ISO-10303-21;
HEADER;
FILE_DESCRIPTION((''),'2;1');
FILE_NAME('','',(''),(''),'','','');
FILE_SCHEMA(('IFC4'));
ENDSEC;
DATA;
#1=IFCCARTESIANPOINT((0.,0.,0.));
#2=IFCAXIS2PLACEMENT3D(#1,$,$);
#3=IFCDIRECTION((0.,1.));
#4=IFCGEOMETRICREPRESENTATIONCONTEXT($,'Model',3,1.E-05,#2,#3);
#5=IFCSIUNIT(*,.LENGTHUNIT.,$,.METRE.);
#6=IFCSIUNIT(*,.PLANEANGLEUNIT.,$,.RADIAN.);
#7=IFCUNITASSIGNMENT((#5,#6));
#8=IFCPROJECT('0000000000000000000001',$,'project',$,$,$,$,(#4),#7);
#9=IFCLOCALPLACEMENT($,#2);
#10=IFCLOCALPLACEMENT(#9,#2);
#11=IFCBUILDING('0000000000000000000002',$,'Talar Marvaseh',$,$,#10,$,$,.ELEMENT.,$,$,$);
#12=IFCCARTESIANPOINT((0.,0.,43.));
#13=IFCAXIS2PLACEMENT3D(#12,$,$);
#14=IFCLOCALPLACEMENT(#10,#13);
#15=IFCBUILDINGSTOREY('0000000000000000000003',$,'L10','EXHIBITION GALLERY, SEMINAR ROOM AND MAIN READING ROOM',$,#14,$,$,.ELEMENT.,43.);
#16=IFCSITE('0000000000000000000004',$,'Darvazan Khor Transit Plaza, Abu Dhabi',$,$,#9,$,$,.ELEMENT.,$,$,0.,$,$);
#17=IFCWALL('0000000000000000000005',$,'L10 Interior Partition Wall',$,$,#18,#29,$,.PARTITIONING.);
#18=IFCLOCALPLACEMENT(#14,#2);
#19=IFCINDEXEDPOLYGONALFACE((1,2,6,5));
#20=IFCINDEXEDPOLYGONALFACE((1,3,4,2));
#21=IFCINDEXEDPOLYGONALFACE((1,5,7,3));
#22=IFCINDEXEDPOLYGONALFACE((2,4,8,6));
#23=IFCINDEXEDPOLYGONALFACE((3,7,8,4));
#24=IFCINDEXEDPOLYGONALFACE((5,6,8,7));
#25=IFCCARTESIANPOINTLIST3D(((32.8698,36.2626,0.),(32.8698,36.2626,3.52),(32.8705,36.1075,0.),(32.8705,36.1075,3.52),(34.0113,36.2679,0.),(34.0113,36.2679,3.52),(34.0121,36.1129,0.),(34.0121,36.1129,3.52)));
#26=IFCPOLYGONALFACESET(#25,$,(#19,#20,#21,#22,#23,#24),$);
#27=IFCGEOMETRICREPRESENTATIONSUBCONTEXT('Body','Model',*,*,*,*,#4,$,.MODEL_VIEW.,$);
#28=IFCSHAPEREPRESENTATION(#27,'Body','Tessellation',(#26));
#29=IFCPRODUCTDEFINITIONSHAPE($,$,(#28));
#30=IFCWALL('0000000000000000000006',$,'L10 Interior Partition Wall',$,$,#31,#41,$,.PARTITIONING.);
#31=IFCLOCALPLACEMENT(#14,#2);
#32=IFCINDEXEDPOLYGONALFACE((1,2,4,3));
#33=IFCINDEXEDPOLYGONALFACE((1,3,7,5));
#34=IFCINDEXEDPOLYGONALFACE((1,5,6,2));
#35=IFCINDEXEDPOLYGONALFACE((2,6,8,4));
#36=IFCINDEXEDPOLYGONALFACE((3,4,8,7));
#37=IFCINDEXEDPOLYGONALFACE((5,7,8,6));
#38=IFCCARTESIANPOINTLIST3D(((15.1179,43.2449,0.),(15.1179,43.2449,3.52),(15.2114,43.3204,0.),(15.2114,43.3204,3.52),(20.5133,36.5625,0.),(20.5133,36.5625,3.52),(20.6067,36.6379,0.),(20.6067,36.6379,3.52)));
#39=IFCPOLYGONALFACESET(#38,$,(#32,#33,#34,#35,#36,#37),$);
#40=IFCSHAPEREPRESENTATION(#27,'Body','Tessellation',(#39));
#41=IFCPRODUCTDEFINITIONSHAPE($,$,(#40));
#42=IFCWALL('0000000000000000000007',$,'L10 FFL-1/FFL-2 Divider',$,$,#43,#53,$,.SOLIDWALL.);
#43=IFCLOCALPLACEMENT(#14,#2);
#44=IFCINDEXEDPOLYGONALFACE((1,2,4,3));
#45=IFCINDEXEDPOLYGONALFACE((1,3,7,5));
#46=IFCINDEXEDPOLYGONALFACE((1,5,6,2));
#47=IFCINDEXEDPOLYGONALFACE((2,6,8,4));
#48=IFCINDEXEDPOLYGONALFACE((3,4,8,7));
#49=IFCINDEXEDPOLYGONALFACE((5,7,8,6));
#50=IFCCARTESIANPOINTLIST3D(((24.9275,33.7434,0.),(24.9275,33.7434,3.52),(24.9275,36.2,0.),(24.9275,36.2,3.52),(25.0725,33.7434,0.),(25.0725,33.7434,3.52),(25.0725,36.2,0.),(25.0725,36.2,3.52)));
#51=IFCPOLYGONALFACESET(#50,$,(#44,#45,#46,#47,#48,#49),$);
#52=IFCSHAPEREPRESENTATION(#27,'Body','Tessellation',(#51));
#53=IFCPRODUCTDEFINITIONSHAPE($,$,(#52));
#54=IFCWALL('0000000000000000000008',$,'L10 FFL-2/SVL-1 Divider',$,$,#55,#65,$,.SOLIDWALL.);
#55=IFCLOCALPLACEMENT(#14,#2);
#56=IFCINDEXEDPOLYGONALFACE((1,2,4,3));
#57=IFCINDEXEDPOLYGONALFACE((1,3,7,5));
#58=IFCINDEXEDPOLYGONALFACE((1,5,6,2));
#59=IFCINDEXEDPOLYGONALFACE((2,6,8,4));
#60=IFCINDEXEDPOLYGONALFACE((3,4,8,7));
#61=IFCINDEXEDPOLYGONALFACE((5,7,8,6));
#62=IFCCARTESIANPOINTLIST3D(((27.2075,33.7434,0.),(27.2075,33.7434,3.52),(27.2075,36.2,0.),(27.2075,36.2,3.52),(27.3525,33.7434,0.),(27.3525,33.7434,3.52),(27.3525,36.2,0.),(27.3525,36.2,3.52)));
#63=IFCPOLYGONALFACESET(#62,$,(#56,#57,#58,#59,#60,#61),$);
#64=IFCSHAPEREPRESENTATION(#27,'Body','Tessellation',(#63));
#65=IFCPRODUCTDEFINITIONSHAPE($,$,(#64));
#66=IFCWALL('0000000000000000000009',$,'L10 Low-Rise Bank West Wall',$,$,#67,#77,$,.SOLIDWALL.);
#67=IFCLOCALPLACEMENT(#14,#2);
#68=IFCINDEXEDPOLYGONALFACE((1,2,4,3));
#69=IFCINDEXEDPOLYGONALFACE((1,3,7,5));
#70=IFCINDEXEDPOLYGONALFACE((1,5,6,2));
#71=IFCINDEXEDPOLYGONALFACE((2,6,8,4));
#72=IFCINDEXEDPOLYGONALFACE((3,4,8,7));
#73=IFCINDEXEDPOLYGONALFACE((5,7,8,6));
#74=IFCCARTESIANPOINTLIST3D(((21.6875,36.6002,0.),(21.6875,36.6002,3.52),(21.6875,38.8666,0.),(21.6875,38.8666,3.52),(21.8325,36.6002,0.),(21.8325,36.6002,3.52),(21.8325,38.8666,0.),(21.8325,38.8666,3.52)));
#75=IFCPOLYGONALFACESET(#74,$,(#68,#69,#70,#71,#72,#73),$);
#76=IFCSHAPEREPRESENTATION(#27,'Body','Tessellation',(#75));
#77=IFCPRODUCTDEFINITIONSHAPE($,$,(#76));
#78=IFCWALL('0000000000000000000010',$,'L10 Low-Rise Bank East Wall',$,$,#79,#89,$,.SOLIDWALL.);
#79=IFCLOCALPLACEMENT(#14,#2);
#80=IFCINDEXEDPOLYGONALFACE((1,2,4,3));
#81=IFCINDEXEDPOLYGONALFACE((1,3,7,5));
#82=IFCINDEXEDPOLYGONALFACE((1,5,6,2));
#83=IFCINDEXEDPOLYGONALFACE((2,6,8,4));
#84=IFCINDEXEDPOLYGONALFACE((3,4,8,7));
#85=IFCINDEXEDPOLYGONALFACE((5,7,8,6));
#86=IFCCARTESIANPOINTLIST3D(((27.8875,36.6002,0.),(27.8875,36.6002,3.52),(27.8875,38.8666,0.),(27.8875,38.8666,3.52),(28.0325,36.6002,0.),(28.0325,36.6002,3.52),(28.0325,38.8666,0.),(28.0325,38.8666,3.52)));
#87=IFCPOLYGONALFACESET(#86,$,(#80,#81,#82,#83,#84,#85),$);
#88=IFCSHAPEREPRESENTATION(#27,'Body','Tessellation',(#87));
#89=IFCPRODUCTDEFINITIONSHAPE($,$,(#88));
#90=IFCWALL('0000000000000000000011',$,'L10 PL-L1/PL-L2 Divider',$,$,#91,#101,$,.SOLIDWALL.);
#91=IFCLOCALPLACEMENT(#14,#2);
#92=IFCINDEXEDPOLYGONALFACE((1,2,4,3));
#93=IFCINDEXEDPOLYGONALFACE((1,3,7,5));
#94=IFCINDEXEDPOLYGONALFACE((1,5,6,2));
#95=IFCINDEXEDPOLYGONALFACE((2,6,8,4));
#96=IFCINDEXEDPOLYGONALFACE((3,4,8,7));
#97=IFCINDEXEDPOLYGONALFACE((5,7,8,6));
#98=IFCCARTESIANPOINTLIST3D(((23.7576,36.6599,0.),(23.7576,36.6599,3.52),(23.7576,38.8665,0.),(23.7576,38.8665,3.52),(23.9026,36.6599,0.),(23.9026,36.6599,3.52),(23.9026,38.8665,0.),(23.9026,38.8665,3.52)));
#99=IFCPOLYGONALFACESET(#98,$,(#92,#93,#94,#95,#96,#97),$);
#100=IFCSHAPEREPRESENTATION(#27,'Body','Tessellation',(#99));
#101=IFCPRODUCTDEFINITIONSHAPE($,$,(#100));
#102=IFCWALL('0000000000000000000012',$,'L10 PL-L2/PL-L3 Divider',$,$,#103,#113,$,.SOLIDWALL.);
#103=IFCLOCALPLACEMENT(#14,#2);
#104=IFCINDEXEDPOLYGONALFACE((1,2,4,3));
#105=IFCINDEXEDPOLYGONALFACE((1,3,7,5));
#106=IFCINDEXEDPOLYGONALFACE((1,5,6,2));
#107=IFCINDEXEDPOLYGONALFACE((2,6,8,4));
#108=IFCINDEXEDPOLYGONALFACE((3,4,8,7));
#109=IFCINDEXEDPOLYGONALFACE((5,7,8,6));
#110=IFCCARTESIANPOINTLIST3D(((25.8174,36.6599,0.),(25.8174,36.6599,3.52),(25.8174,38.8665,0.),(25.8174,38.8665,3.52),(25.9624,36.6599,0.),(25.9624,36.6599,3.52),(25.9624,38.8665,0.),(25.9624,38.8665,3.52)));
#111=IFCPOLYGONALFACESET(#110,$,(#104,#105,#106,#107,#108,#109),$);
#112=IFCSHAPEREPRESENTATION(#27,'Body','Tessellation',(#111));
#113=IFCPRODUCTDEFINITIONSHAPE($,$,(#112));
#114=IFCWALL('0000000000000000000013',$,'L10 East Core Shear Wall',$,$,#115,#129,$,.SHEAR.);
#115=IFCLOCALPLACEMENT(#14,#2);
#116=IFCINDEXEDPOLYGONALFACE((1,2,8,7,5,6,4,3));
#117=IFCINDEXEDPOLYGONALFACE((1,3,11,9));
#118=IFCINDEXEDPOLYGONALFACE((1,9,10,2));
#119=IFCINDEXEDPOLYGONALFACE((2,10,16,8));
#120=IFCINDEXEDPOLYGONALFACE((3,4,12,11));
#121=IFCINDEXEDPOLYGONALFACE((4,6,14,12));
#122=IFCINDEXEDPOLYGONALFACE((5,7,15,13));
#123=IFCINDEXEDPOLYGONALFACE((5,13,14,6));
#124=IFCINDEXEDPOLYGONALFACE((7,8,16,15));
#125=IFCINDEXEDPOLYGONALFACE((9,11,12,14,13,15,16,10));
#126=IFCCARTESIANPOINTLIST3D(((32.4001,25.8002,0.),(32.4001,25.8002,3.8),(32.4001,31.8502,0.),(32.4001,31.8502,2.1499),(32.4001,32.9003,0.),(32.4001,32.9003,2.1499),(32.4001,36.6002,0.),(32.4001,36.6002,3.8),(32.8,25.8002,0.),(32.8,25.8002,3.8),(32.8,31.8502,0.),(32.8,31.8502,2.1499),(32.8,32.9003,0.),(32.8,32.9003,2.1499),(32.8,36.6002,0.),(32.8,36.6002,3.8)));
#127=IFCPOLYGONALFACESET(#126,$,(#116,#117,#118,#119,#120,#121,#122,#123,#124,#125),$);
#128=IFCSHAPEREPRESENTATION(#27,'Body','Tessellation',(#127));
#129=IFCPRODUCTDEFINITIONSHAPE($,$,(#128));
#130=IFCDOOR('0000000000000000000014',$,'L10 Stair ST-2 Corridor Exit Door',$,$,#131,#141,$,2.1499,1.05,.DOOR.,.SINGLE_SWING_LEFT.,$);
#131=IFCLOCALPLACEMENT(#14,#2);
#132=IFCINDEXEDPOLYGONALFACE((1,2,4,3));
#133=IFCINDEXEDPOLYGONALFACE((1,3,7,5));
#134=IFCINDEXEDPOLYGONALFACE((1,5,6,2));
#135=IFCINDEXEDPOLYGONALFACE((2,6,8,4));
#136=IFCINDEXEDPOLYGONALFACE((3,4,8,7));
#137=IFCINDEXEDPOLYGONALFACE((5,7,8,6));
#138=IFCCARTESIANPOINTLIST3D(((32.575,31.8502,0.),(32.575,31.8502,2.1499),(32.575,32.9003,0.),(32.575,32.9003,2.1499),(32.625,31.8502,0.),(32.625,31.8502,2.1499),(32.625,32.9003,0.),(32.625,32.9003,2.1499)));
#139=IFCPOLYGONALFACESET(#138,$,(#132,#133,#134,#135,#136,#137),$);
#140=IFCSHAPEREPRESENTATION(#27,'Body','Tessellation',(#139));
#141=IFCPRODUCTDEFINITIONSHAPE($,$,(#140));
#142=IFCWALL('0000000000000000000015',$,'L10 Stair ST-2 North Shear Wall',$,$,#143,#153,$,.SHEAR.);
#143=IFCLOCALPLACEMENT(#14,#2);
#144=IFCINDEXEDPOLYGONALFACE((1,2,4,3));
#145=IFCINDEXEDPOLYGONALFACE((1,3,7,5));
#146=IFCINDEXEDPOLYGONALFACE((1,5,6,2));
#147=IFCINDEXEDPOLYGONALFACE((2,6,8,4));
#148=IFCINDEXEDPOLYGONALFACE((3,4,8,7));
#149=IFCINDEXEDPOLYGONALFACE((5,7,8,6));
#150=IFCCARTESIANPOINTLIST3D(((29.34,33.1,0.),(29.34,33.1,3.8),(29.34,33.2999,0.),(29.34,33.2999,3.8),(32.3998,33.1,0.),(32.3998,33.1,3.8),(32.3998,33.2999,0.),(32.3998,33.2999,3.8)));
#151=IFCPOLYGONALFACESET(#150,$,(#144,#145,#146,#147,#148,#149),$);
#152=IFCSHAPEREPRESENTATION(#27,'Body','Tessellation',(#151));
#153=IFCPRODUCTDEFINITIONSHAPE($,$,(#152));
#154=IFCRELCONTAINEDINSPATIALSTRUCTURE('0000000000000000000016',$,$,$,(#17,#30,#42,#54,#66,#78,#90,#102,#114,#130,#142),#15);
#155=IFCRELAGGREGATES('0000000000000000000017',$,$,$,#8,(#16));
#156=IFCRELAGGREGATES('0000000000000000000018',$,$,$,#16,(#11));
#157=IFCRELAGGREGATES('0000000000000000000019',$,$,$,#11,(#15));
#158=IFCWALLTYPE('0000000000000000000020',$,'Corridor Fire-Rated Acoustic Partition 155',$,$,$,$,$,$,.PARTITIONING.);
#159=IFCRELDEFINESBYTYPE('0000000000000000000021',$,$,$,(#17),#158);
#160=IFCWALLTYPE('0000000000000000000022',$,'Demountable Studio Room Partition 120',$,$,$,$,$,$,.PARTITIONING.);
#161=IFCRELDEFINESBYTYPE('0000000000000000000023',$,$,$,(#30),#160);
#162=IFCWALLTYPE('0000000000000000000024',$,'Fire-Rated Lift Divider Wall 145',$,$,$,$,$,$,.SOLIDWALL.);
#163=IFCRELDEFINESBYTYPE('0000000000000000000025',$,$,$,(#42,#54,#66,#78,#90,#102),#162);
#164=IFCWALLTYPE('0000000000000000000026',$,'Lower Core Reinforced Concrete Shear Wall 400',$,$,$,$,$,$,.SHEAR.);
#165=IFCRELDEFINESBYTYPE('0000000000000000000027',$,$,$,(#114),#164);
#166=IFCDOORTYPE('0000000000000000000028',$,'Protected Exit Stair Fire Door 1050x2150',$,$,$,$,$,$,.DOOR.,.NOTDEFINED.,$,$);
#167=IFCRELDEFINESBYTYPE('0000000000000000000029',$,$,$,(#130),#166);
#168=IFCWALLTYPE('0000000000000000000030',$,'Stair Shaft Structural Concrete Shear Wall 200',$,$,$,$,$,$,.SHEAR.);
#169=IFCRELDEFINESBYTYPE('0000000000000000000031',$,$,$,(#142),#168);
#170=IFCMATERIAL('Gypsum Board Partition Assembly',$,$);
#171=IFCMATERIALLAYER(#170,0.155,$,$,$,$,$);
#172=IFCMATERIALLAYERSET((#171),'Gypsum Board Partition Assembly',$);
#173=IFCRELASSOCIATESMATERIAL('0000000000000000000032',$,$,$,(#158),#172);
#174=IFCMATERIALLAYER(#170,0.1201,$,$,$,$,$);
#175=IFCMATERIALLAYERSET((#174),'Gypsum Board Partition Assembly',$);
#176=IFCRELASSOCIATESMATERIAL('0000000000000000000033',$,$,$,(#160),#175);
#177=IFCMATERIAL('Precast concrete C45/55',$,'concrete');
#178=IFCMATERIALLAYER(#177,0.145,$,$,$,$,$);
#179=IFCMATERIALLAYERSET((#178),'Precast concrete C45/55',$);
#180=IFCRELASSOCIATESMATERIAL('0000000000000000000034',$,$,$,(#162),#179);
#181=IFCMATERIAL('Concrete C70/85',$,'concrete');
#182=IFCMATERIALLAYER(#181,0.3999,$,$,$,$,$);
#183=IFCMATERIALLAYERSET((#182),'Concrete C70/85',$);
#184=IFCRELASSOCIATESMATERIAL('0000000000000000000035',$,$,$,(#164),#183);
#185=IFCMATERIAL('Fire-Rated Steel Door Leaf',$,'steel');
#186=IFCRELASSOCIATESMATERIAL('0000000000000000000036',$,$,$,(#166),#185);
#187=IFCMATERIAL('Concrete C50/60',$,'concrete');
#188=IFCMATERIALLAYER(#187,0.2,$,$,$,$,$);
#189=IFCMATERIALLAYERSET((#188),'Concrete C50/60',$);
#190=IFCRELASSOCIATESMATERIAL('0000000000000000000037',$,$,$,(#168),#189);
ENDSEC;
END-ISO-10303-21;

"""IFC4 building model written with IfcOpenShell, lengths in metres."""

from ifc_helpers import new_model, si_unit, direction, frame, frame_2d, origin, place, context, subcontext, project, spatial, rectangle, extrude, source, transform, mapped, material, layer, layer_set, type_object, type_shapes, element, fill, save


model = new_model("IFC4")

# Units and contexts
model_context = context("Model", 3, precision=1e-05, world=origin(), true_north=direction((0.0, 1.0)))
body_context = subcontext(model_context, "Body", "Model", "MODEL_VIEW")
ifc_project = project(units=[si_unit("LENGTHUNIT", "METRE"), si_unit("PLANEANGLEUNIT", "RADIAN")], contexts=[model_context])

# Site, building, storey
site_placement = place(None, origin())
site = spatial("IfcSite", under=ifc_project, at=site_placement, Name="Darvazan Khor Transit Plaza, Abu Dhabi", CompositionType="ELEMENT", RefElevation=0.0)
building_placement = place(site_placement, origin())
building = spatial("IfcBuilding", under=site, at=building_placement, Name="Talar Marvaseh", CompositionType="ELEMENT")
storey_placement = place(building_placement, frame((0.0, 0.0, 43.0)))
storey = spatial("IfcBuildingStorey", under=building, at=storey_placement, Name="L10", Description="EXHIBITION GALLERY, SEMINAR ROOM AND MAIN READING ROOM", CompositionType="ELEMENT", Elevation=43.0)

# Walls
ifc_material_1 = material(Name="Gypsum Board Partition Assembly")
ifc_layer_1 = layer(ifc_material_1, 0.155)
ifc_layer_set_1 = layer_set([ifc_layer_1], Name="Gypsum Board Partition Assembly")
wall_type_1 = type_object("IfcWallType", Name="Corridor Fire-Rated Acoustic Partition 155", PredefinedType="PARTITIONING", material=ifc_layer_set_1)
wall_1_placement = place(storey_placement, frame((32.8701, 36.1851, 0.0), z_axis=(0.0, 0.0, 1.0), x_axis=(0.999989, 0.004705, 0.0)))
element("IfcWall", 1, at=wall_1_placement, inside=storey, type_object=wall_type_1, Name="L10 Interior Partition Wall", PredefinedType="PARTITIONING", context=body_context, shape_type="SweptSolid", body=[
    extrude(rectangle(XDim=1.1416, YDim=0.155, at=frame_2d((0.5708, 0.0))), origin(), (0.0, 0.0, 1.0), 3.52),
])
ifc_layer_2 = layer(ifc_material_1, 0.1201)
ifc_layer_set_2 = layer_set([ifc_layer_2], Name="Gypsum Board Partition Assembly")
wall_type_2 = type_object("IfcWallType", Name="Demountable Studio Room Partition 120", PredefinedType="PARTITIONING", material=ifc_layer_set_2)
wall_2_placement = place(storey_placement, frame((20.5601, 36.6001, 0.0), z_axis=(0.0, 0.0, 1.0), x_axis=(-0.628194, 0.778057, 0.0)))
element("IfcWall", 2, at=wall_2_placement, inside=storey, type_object=wall_type_2, Name="L10 Interior Partition Wall", PredefinedType="PARTITIONING", context=body_context, shape_type="SweptSolid", body=[
    extrude(rectangle(XDim=8.5886, YDim=0.1201, at=frame_2d((4.2944, 0.0))), origin(), (0.0, 0.0, 1.0), 3.52),
])
ifc_material_2 = material(Name="Precast concrete C45/55", Category="concrete")
ifc_layer_3 = layer(ifc_material_2, 0.145)
ifc_layer_set_3 = layer_set([ifc_layer_3], Name="Precast concrete C45/55")
wall_type_3 = type_object("IfcWallType", Name="Fire-Rated Lift Divider Wall 145", PredefinedType="SOLIDWALL", material=ifc_layer_set_3)
for number, where, z_axis, x_axis, name in (
    (3, (25.0, 33.7434, 0.0), (0.0, 0.0, 1.0), (0.0, 1.0, 0.0), "L10 FFL-1/FFL-2 Divider"),
    (4, (27.28, 33.7434, 0.0), (0.0, 0.0, 1.0), (0.0, 1.0, 0.0), "L10 FFL-2/SVL-1 Divider"),
):
    element("IfcWall", number, at=place(storey_placement, frame(where, z_axis=z_axis, x_axis=x_axis)), inside=storey, type_object=wall_type_3, Name=name, PredefinedType="SOLIDWALL", context=body_context, shape_type="SweptSolid", body=[
        extrude(rectangle(XDim=2.4565, YDim=0.145, at=frame_2d((1.2283, 0.0))), origin(), (0.0, 0.0, 1.0), 3.52),
    ])
for number, where, z_axis, x_axis, name in (
    (5, (21.76, 36.6001, 0.0), (0.0, 0.0, 1.0), (0.0, 1.0, 0.0), "L10 Low-Rise Bank West Wall"),
    (6, (27.96, 36.6001, 0.0), (0.0, 0.0, 1.0), (0.0, 1.0, 0.0), "L10 Low-Rise Bank East Wall"),
):
    element("IfcWall", number, at=place(storey_placement, frame(where, z_axis=z_axis, x_axis=x_axis)), inside=storey, type_object=wall_type_3, Name=name, PredefinedType="SOLIDWALL", context=body_context, shape_type="SweptSolid", body=[
        extrude(rectangle(XDim=2.2664, YDim=0.145, at=frame_2d((1.1333, 0.0))), origin(), (0.0, 0.0, 1.0), 3.52),
    ])
for number, where, z_axis, x_axis, name in (
    (7, (23.8301, 36.6599, 0.0), (0.0, 0.0, 1.0), (0.0, 1.0, 0.0), "L10 PL-L1/PL-L2 Divider"),
    (8, (25.8899, 36.6599, 0.0), (0.0, 0.0, 1.0), (0.0, 1.0, 0.0), "L10 PL-L2/PL-L3 Divider"),
):
    element("IfcWall", number, at=place(storey_placement, frame(where, z_axis=z_axis, x_axis=x_axis)), inside=storey, type_object=wall_type_3, Name=name, PredefinedType="SOLIDWALL", context=body_context, shape_type="SweptSolid", body=[
        extrude(rectangle(XDim=2.2065, YDim=0.145, at=frame_2d((1.1033, 0.0))), origin(), (0.0, 0.0, 1.0), 3.52),
    ])

# Wall, opening, door
ifc_material_3 = material(Name="Concrete C70/85", Category="concrete")
ifc_layer_4 = layer(ifc_material_3, 0.3999)
ifc_layer_set_4 = layer_set([ifc_layer_4], Name="Concrete C70/85")
wall_type_4 = type_object("IfcWallType", Name="Lower Core Reinforced Concrete Shear Wall 400", PredefinedType="SHEAR", material=ifc_layer_set_4)
wall_3_placement = place(storey_placement, frame((32.6001, 36.6001, 0.0), z_axis=(0.0, 0.0, 1.0), x_axis=(0.0, -1.0, 0.0)))
wall_3 = element("IfcWall", 9, at=wall_3_placement, inside=storey, type_object=wall_type_4, Name="L10 East Core Shear Wall", PredefinedType="SHEAR", context=body_context, shape_type="SweptSolid", body=[
    extrude(rectangle(XDim=10.8, YDim=0.3999, at=frame_2d((5.3999, 0.0))), origin(), (0.0, 0.0, 1.0), 3.8),
])
opening_1_placement = place(wall_3_placement, frame((3.7, 0.0, 0.0)))
opening_1 = element("IfcOpeningElement", 10, at=opening_1_placement, cuts=wall_3, PredefinedType="OPENING", context=body_context, shape_type="SweptSolid", body=[
    extrude(rectangle(XDim=1.05, YDim=2.1499, at=frame_2d((0.5249, 1.075))), frame((0.0, 0.21, 0.0), z_axis=(0.0, -1.0, 0.0), x_axis=(1.0, 0.0, 0.0)), (0.0, 0.0, 1.0), 0.4199),
])
ifc_material_4 = material(Name="Fire-Rated Steel Door Leaf", Category="steel")
door_type_1 = type_object("IfcDoorType", Name="Protected Exit Stair Fire Door 1050x2150", OperationType="NOTDEFINED", PredefinedType="DOOR", material=ifc_material_4)
shared_shape_1 = source(origin(), body_context, "Body", "SweptSolid", [
    extrude(rectangle(XDim=1.05, YDim=2.1499, at=frame_2d((0.5249, 1.075))), frame((0.0, 0.0249, 0.0), z_axis=(0.0, -1.0, 0.0), x_axis=(1.0, 0.0, 0.0)), (0.0, 0.0, 1.0), 0.05),
])
type_shapes(door_type_1, [shared_shape_1])
door_1_placement = place(opening_1_placement, origin())
door_1 = element("IfcDoor", 11, at=door_1_placement, inside=storey, type_object=door_type_1, Name="L10 Stair ST-2 Corridor Exit Door", OperationType="SINGLE_SWING_LEFT", OverallHeight=2.1499, OverallWidth=1.05, PredefinedType="DOOR", context=body_context, shape_type="MappedRepresentation", body=[
    mapped(shared_shape_1, transform((0.0, 0.0, 0.0), x_axis=(1.0, 0.0, 0.0), y_axis=(0.0, 1.0, 0.0), z_axis=(0.0, 0.0, 1.0), scale=1.0)),
])
fill(opening_1, door_1)

# Wall
ifc_material_5 = material(Name="Concrete C50/60", Category="concrete")
ifc_layer_5 = layer(ifc_material_5, 0.2)
ifc_layer_set_5 = layer_set([ifc_layer_5], Name="Concrete C50/60")
wall_type_5 = type_object("IfcWallType", Name="Stair Shaft Structural Concrete Shear Wall 200", PredefinedType="SHEAR", material=ifc_layer_set_5)
wall_4_placement = place(storey_placement, frame((29.3401, 33.2, 0.0), z_axis=(0.0, 0.0, 1.0), x_axis=(1.0, 0.0, 0.0)))
element("IfcWall", 12, at=wall_4_placement, inside=storey, type_object=wall_type_5, Name="L10 Stair ST-2 North Shear Wall", PredefinedType="SHEAR", context=body_context, shape_type="SweptSolid", body=[
    extrude(rectangle(XDim=3.0598, YDim=0.2, at=frame_2d((1.5298, 0.0))), origin(), (0.0, 0.0, 1.0), 3.8),
])

save(model, "model.ifc")
